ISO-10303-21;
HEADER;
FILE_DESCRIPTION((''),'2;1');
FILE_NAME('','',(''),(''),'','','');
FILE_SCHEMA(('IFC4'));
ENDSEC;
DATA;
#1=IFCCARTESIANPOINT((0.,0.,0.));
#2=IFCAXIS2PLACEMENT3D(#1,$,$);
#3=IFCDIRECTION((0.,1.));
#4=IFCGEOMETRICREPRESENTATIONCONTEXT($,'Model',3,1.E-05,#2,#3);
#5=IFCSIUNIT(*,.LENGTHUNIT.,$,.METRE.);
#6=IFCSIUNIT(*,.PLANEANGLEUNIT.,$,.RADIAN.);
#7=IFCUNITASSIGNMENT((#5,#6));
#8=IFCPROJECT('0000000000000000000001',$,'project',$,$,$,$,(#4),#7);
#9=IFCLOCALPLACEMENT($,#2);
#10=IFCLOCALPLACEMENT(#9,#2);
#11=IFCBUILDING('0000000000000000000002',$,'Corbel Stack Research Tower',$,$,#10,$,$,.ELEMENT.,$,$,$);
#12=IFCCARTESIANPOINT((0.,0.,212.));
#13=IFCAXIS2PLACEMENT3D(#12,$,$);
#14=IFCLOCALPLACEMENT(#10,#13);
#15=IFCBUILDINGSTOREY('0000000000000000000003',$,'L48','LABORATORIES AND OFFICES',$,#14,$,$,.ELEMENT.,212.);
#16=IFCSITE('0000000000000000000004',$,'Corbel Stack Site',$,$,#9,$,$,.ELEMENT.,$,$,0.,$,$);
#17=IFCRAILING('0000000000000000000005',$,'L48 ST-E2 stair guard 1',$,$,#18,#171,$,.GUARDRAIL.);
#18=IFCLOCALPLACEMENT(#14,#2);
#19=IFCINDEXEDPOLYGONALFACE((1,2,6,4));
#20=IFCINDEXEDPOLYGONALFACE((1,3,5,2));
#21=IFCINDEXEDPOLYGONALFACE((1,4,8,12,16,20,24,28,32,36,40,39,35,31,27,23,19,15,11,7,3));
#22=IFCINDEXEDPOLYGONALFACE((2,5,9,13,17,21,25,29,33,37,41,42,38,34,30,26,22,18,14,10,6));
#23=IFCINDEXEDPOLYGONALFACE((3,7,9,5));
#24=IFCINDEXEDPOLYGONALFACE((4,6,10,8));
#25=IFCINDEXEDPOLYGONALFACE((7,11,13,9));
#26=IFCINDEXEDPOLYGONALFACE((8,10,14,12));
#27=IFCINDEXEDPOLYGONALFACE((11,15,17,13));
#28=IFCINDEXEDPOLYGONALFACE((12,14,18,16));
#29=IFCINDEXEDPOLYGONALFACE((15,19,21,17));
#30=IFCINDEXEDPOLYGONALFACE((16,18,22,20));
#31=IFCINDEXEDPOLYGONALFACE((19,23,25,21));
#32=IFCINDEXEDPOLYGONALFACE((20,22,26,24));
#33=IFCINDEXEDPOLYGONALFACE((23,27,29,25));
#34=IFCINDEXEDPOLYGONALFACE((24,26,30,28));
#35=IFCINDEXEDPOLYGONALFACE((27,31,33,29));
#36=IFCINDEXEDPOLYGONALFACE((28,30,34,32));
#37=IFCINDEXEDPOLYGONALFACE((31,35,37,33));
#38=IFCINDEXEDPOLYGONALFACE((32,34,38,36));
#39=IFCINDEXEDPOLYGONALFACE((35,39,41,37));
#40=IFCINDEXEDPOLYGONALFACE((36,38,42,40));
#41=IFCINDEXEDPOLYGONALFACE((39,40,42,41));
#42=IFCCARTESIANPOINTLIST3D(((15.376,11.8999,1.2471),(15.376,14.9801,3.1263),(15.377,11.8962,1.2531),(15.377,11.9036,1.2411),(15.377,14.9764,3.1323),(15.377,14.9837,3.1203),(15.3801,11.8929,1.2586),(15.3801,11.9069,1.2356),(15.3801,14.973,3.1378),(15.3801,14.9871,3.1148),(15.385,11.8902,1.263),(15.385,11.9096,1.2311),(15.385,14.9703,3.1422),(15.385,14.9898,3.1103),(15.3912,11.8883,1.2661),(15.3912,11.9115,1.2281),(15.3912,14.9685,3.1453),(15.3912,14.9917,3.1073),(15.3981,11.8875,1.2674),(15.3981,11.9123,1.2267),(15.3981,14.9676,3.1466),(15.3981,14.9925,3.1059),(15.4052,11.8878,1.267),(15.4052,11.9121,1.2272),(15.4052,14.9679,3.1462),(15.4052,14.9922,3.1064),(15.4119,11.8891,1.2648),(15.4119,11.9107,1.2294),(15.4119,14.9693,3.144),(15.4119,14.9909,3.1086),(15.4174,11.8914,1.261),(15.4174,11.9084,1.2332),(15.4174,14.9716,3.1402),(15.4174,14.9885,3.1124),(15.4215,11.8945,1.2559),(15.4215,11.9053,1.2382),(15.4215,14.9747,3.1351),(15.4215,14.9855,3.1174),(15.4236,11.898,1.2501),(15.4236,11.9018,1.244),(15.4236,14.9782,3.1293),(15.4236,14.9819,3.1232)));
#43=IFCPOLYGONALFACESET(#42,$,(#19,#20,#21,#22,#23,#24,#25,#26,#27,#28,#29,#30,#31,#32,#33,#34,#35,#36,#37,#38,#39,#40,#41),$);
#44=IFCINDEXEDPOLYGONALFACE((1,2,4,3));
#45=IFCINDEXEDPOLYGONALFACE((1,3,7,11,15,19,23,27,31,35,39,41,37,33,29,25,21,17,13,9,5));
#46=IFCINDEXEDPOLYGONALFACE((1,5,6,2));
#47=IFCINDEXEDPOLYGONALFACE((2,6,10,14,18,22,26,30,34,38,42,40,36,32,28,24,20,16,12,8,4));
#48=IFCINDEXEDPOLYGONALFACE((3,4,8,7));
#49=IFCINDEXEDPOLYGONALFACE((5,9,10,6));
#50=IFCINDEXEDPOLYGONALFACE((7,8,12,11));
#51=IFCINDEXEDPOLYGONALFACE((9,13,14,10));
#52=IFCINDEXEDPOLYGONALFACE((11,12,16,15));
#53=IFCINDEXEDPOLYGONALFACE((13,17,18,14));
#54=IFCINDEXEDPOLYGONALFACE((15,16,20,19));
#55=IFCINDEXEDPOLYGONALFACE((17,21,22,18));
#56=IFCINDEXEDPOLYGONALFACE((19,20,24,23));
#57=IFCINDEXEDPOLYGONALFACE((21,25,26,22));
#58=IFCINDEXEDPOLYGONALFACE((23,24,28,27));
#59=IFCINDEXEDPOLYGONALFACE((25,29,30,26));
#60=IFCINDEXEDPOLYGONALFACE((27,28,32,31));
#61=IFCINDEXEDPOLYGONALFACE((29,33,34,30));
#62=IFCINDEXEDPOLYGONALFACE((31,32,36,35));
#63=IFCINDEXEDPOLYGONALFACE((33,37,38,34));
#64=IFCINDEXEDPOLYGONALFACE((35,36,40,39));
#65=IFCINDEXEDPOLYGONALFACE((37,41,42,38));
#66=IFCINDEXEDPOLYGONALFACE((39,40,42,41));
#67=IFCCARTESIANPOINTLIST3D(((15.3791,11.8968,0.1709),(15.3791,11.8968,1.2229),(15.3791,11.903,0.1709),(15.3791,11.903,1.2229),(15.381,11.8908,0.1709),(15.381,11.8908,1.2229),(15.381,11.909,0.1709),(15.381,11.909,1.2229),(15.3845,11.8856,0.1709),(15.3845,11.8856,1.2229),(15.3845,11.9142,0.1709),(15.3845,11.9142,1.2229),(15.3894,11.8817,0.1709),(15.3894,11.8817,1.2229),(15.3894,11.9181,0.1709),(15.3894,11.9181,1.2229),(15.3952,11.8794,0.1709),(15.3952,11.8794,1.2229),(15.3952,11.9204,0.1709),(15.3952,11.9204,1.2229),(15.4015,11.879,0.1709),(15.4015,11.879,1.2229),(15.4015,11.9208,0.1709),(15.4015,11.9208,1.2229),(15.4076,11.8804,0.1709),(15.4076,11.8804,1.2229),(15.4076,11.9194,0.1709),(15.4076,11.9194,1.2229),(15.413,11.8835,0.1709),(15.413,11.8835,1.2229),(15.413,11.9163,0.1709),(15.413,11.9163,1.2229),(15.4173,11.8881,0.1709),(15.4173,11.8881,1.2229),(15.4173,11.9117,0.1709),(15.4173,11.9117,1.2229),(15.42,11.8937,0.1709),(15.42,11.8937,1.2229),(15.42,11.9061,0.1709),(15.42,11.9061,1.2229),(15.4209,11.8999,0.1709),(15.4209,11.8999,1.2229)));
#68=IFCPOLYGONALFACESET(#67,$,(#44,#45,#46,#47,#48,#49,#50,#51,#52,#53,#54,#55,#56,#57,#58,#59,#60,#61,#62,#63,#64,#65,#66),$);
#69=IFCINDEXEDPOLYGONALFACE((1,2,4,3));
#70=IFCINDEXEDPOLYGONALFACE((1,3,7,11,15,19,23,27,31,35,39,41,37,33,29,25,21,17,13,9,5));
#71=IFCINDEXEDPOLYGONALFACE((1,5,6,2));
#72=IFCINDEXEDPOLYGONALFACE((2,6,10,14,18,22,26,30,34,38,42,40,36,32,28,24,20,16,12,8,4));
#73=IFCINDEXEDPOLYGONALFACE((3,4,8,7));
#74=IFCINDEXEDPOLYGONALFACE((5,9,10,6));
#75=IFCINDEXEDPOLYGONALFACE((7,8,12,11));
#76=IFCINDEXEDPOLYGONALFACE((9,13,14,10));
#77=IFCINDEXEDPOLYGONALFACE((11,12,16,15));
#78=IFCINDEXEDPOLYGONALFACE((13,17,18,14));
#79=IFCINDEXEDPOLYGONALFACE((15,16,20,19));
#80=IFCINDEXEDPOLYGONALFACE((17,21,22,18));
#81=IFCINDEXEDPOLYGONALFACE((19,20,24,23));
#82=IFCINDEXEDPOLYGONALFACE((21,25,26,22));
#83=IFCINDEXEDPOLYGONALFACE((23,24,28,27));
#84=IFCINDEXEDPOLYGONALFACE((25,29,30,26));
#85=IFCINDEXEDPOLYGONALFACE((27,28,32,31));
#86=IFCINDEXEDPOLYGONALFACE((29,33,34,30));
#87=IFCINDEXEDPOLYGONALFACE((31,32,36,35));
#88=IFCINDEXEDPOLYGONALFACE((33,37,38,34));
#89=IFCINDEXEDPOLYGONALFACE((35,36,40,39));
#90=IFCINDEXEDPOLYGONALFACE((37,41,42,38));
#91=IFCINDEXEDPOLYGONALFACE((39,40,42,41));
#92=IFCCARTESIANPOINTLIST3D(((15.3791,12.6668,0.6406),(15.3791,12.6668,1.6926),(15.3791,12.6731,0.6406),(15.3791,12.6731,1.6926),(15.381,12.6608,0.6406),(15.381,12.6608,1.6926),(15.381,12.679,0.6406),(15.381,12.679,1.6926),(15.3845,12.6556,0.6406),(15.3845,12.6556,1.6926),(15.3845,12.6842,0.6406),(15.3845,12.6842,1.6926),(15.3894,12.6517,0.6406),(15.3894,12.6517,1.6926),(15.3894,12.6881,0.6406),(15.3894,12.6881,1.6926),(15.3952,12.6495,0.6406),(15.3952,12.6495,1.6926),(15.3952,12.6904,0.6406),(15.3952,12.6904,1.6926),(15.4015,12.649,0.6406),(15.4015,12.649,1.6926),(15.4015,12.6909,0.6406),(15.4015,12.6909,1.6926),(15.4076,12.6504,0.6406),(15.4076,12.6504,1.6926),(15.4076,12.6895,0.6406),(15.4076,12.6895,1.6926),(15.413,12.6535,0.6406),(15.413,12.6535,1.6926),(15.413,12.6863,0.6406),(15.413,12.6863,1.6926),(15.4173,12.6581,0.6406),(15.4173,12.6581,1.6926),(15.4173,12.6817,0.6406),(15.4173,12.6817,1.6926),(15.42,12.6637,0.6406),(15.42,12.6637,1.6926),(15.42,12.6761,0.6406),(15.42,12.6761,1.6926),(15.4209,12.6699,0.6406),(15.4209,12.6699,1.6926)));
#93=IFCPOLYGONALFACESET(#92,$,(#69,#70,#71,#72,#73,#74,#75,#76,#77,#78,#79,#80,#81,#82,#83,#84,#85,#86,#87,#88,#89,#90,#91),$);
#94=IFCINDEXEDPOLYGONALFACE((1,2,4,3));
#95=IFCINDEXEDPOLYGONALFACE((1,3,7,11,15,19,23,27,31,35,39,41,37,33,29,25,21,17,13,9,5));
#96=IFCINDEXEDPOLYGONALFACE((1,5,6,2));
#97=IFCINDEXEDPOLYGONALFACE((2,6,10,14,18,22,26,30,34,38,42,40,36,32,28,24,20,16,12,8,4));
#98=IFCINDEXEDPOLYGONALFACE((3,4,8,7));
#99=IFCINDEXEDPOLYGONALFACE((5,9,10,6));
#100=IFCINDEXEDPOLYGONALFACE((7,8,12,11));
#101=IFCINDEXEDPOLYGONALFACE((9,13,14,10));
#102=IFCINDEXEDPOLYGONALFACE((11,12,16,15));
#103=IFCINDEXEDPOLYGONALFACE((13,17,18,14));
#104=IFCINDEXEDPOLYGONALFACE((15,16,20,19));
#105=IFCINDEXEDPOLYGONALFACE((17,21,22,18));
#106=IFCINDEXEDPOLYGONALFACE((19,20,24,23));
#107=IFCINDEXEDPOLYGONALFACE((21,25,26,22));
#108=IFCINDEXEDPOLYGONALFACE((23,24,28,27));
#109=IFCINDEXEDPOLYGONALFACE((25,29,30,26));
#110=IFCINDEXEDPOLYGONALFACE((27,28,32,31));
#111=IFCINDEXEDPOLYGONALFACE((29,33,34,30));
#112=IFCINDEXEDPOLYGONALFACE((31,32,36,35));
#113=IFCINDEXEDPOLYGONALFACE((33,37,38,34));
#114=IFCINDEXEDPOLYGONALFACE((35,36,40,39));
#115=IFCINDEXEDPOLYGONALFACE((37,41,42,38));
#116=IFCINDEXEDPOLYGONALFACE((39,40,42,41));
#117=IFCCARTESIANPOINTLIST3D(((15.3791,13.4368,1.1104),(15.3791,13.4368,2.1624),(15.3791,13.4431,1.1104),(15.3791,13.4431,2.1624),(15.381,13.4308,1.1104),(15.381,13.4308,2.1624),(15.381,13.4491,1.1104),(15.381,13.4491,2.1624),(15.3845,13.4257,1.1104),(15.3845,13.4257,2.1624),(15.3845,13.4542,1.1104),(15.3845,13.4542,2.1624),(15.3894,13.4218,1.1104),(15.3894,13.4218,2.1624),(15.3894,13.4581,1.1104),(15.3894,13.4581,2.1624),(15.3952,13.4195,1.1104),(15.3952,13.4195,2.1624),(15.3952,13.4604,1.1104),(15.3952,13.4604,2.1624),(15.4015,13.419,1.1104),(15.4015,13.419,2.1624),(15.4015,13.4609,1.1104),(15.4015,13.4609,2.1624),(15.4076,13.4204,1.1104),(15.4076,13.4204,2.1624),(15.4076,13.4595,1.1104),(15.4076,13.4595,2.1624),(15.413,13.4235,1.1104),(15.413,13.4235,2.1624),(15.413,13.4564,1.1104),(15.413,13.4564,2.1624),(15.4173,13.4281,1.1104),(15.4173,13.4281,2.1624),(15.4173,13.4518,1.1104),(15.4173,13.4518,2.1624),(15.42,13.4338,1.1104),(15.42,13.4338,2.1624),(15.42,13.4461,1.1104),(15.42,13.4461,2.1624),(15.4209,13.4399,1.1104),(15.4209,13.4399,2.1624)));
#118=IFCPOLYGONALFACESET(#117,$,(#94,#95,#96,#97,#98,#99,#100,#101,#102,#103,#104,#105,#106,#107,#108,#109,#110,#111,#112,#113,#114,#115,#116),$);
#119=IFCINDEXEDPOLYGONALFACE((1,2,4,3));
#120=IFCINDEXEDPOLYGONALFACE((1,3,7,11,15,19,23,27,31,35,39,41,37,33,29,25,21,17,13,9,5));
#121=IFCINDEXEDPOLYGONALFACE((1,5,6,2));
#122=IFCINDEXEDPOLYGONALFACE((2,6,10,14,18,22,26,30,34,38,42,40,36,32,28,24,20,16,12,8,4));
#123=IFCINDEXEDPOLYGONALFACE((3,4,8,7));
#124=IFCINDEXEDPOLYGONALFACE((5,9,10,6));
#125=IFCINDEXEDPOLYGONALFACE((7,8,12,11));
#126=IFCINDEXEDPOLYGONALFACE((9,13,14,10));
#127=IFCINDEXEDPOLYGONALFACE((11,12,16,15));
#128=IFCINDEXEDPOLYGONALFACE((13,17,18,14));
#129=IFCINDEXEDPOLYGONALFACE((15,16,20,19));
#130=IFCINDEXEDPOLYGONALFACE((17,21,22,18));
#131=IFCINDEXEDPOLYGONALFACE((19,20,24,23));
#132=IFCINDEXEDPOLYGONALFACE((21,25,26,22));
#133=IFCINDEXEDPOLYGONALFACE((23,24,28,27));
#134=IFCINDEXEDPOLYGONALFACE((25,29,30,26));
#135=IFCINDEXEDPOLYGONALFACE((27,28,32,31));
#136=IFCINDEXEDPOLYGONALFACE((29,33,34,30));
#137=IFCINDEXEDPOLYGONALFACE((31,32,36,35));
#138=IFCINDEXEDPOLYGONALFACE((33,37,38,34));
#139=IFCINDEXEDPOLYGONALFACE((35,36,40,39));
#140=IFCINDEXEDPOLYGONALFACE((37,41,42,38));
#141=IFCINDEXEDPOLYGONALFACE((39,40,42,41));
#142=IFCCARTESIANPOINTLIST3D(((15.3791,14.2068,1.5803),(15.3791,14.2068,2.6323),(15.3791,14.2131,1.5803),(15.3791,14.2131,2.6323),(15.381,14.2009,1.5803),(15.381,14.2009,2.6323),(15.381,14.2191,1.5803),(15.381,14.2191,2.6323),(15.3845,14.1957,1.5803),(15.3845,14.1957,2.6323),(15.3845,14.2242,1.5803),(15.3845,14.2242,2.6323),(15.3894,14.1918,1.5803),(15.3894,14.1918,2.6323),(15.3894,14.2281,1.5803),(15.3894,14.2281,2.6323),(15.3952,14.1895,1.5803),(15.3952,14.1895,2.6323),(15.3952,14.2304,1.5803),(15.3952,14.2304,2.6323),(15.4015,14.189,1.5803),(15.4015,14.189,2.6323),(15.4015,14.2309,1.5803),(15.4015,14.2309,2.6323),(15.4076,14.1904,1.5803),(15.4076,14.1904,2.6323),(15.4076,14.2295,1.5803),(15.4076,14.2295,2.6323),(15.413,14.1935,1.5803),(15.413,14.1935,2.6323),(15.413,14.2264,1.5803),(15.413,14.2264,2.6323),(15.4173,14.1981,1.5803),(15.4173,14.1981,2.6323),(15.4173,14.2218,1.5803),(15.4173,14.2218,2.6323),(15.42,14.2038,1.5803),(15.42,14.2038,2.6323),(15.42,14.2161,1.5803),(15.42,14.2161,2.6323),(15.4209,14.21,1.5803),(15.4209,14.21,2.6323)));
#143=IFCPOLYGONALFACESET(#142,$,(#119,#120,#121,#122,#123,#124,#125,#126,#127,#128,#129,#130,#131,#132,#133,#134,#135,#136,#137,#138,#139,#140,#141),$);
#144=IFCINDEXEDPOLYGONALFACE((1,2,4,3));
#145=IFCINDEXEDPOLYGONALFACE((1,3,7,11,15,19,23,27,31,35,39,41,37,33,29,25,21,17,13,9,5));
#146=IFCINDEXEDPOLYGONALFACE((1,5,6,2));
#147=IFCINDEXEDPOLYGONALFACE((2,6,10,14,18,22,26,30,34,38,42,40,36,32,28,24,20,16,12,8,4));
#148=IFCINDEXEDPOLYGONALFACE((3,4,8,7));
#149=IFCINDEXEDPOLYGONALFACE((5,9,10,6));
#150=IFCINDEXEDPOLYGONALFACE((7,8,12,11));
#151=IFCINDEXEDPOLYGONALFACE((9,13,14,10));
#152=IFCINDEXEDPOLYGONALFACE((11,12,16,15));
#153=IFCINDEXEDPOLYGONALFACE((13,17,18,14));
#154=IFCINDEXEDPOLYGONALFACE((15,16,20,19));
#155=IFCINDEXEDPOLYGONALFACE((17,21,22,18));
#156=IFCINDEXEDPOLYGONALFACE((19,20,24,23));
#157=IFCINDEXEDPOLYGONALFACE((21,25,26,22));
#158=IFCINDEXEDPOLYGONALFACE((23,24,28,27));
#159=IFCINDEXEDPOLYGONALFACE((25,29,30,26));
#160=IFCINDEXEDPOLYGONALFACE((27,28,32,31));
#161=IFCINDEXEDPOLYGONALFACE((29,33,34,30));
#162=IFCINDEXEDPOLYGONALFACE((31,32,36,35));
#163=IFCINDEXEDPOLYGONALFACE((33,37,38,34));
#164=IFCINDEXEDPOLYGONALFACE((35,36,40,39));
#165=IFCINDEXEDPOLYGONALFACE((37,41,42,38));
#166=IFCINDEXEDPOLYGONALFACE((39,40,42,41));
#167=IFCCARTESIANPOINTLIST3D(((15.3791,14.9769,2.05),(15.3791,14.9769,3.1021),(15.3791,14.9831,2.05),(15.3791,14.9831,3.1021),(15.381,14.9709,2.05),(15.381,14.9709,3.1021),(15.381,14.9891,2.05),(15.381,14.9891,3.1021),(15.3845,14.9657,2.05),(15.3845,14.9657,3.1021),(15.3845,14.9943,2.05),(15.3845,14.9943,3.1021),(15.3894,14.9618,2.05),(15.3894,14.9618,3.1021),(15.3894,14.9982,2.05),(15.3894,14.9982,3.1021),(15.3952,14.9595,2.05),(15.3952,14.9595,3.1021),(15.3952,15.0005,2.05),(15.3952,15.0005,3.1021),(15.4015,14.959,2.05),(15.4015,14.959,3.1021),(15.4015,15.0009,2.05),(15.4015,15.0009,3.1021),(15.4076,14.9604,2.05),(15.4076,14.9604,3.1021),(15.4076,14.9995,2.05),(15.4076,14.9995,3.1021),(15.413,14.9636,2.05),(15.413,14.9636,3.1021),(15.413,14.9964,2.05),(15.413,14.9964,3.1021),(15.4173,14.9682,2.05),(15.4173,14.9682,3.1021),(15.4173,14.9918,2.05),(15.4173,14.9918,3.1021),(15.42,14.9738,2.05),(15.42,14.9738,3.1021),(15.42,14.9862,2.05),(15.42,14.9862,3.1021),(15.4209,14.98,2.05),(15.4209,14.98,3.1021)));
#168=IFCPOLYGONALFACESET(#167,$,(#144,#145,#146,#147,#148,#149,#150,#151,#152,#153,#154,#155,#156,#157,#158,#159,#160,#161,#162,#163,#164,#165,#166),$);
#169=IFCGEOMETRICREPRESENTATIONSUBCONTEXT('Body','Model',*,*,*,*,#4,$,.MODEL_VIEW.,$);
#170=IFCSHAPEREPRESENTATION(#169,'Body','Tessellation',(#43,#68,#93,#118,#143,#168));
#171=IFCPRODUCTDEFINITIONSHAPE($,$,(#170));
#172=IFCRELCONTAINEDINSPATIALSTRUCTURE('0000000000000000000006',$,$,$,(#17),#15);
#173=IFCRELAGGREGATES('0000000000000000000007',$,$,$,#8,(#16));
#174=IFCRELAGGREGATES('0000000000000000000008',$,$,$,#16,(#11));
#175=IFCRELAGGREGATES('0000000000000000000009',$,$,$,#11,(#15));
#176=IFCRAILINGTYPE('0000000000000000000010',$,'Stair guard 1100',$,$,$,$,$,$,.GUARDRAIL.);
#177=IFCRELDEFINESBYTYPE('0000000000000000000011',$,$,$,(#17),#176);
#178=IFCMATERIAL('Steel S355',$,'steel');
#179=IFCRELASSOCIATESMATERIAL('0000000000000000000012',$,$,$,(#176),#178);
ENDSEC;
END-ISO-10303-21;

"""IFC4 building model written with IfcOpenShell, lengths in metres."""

from ifc_helpers import new_model, si_unit, direction, frame, origin, origin_2d, place, context, subcontext, project, spatial, circle, extrude, material, type_object, element, save


model = new_model("IFC4")

# Units and contexts
model_context = context("Model", 3, precision=1e-05, world=origin(), true_north=direction((0.0, 1.0)))
body_context = subcontext(model_context, "Body", "Model", "MODEL_VIEW")
ifc_project = project(units=[si_unit("LENGTHUNIT", "METRE"), si_unit("PLANEANGLEUNIT", "RADIAN")], contexts=[model_context])

# Site, building, storey
site_placement = place(None, origin())
site = spatial("IfcSite", under=ifc_project, at=site_placement, Name="Corbel Stack Site", CompositionType="ELEMENT", RefElevation=0.0)
building_placement = place(site_placement, origin())
building = spatial("IfcBuilding", under=site, at=building_placement, Name="Corbel Stack Research Tower", CompositionType="ELEMENT")
storey_placement = place(building_placement, frame((0.0, 0.0, 212.0)))
storey = spatial("IfcBuildingStorey", under=building, at=storey_placement, Name="L48", Description="LABORATORIES AND OFFICES", CompositionType="ELEMENT", Elevation=212.0)

# Railing
ifc_material_1 = material(Name="Steel S355", Category="steel")
railing_type_1 = type_object("IfcRailingType", Name="Stair guard 1100", PredefinedType="GUARDRAIL", material=ifc_material_1)
railing_1_placement = place(storey_placement, frame((15.3999, 11.8999, 0.1709)))
element("IfcRailing", 1, at=railing_1_placement, inside=storey, type_object=railing_type_1, Name="L48 ST-E2 stair guard 1", PredefinedType="GUARDRAIL", context=body_context, shape_type="SweptSolid", body=[
    extrude(circle(Radius=0.0239, at=origin_2d()), frame((0.0, 0.0, 1.0762), z_axis=(0.0, 0.853666, 0.52082), x_axis=(-1.0, 0.0, 0.0)), (0.0, 0.0, 1.0), 3.6082),
    extrude(circle(Radius=0.021, at=origin_2d()), origin(), (0.0, 0.0, 1.0), 1.052),
    extrude(circle(Radius=0.021, at=origin_2d()), frame((0.0, 0.77, 0.4697)), (0.0, 0.0, 1.0), 1.052),
    extrude(circle(Radius=0.021, at=origin_2d()), frame((0.0, 1.54, 0.9395)), (0.0, 0.0, 1.0), 1.052),
    extrude(circle(Radius=0.021, at=origin_2d()), frame((0.0, 2.3101, 1.4094)), (0.0, 0.0, 1.0), 1.052),
    extrude(circle(Radius=0.021, at=origin_2d()), frame((0.0, 3.0801, 1.8792)), (0.0, 0.0, 1.0), 1.052),
])

save(model, "model.ifc")
